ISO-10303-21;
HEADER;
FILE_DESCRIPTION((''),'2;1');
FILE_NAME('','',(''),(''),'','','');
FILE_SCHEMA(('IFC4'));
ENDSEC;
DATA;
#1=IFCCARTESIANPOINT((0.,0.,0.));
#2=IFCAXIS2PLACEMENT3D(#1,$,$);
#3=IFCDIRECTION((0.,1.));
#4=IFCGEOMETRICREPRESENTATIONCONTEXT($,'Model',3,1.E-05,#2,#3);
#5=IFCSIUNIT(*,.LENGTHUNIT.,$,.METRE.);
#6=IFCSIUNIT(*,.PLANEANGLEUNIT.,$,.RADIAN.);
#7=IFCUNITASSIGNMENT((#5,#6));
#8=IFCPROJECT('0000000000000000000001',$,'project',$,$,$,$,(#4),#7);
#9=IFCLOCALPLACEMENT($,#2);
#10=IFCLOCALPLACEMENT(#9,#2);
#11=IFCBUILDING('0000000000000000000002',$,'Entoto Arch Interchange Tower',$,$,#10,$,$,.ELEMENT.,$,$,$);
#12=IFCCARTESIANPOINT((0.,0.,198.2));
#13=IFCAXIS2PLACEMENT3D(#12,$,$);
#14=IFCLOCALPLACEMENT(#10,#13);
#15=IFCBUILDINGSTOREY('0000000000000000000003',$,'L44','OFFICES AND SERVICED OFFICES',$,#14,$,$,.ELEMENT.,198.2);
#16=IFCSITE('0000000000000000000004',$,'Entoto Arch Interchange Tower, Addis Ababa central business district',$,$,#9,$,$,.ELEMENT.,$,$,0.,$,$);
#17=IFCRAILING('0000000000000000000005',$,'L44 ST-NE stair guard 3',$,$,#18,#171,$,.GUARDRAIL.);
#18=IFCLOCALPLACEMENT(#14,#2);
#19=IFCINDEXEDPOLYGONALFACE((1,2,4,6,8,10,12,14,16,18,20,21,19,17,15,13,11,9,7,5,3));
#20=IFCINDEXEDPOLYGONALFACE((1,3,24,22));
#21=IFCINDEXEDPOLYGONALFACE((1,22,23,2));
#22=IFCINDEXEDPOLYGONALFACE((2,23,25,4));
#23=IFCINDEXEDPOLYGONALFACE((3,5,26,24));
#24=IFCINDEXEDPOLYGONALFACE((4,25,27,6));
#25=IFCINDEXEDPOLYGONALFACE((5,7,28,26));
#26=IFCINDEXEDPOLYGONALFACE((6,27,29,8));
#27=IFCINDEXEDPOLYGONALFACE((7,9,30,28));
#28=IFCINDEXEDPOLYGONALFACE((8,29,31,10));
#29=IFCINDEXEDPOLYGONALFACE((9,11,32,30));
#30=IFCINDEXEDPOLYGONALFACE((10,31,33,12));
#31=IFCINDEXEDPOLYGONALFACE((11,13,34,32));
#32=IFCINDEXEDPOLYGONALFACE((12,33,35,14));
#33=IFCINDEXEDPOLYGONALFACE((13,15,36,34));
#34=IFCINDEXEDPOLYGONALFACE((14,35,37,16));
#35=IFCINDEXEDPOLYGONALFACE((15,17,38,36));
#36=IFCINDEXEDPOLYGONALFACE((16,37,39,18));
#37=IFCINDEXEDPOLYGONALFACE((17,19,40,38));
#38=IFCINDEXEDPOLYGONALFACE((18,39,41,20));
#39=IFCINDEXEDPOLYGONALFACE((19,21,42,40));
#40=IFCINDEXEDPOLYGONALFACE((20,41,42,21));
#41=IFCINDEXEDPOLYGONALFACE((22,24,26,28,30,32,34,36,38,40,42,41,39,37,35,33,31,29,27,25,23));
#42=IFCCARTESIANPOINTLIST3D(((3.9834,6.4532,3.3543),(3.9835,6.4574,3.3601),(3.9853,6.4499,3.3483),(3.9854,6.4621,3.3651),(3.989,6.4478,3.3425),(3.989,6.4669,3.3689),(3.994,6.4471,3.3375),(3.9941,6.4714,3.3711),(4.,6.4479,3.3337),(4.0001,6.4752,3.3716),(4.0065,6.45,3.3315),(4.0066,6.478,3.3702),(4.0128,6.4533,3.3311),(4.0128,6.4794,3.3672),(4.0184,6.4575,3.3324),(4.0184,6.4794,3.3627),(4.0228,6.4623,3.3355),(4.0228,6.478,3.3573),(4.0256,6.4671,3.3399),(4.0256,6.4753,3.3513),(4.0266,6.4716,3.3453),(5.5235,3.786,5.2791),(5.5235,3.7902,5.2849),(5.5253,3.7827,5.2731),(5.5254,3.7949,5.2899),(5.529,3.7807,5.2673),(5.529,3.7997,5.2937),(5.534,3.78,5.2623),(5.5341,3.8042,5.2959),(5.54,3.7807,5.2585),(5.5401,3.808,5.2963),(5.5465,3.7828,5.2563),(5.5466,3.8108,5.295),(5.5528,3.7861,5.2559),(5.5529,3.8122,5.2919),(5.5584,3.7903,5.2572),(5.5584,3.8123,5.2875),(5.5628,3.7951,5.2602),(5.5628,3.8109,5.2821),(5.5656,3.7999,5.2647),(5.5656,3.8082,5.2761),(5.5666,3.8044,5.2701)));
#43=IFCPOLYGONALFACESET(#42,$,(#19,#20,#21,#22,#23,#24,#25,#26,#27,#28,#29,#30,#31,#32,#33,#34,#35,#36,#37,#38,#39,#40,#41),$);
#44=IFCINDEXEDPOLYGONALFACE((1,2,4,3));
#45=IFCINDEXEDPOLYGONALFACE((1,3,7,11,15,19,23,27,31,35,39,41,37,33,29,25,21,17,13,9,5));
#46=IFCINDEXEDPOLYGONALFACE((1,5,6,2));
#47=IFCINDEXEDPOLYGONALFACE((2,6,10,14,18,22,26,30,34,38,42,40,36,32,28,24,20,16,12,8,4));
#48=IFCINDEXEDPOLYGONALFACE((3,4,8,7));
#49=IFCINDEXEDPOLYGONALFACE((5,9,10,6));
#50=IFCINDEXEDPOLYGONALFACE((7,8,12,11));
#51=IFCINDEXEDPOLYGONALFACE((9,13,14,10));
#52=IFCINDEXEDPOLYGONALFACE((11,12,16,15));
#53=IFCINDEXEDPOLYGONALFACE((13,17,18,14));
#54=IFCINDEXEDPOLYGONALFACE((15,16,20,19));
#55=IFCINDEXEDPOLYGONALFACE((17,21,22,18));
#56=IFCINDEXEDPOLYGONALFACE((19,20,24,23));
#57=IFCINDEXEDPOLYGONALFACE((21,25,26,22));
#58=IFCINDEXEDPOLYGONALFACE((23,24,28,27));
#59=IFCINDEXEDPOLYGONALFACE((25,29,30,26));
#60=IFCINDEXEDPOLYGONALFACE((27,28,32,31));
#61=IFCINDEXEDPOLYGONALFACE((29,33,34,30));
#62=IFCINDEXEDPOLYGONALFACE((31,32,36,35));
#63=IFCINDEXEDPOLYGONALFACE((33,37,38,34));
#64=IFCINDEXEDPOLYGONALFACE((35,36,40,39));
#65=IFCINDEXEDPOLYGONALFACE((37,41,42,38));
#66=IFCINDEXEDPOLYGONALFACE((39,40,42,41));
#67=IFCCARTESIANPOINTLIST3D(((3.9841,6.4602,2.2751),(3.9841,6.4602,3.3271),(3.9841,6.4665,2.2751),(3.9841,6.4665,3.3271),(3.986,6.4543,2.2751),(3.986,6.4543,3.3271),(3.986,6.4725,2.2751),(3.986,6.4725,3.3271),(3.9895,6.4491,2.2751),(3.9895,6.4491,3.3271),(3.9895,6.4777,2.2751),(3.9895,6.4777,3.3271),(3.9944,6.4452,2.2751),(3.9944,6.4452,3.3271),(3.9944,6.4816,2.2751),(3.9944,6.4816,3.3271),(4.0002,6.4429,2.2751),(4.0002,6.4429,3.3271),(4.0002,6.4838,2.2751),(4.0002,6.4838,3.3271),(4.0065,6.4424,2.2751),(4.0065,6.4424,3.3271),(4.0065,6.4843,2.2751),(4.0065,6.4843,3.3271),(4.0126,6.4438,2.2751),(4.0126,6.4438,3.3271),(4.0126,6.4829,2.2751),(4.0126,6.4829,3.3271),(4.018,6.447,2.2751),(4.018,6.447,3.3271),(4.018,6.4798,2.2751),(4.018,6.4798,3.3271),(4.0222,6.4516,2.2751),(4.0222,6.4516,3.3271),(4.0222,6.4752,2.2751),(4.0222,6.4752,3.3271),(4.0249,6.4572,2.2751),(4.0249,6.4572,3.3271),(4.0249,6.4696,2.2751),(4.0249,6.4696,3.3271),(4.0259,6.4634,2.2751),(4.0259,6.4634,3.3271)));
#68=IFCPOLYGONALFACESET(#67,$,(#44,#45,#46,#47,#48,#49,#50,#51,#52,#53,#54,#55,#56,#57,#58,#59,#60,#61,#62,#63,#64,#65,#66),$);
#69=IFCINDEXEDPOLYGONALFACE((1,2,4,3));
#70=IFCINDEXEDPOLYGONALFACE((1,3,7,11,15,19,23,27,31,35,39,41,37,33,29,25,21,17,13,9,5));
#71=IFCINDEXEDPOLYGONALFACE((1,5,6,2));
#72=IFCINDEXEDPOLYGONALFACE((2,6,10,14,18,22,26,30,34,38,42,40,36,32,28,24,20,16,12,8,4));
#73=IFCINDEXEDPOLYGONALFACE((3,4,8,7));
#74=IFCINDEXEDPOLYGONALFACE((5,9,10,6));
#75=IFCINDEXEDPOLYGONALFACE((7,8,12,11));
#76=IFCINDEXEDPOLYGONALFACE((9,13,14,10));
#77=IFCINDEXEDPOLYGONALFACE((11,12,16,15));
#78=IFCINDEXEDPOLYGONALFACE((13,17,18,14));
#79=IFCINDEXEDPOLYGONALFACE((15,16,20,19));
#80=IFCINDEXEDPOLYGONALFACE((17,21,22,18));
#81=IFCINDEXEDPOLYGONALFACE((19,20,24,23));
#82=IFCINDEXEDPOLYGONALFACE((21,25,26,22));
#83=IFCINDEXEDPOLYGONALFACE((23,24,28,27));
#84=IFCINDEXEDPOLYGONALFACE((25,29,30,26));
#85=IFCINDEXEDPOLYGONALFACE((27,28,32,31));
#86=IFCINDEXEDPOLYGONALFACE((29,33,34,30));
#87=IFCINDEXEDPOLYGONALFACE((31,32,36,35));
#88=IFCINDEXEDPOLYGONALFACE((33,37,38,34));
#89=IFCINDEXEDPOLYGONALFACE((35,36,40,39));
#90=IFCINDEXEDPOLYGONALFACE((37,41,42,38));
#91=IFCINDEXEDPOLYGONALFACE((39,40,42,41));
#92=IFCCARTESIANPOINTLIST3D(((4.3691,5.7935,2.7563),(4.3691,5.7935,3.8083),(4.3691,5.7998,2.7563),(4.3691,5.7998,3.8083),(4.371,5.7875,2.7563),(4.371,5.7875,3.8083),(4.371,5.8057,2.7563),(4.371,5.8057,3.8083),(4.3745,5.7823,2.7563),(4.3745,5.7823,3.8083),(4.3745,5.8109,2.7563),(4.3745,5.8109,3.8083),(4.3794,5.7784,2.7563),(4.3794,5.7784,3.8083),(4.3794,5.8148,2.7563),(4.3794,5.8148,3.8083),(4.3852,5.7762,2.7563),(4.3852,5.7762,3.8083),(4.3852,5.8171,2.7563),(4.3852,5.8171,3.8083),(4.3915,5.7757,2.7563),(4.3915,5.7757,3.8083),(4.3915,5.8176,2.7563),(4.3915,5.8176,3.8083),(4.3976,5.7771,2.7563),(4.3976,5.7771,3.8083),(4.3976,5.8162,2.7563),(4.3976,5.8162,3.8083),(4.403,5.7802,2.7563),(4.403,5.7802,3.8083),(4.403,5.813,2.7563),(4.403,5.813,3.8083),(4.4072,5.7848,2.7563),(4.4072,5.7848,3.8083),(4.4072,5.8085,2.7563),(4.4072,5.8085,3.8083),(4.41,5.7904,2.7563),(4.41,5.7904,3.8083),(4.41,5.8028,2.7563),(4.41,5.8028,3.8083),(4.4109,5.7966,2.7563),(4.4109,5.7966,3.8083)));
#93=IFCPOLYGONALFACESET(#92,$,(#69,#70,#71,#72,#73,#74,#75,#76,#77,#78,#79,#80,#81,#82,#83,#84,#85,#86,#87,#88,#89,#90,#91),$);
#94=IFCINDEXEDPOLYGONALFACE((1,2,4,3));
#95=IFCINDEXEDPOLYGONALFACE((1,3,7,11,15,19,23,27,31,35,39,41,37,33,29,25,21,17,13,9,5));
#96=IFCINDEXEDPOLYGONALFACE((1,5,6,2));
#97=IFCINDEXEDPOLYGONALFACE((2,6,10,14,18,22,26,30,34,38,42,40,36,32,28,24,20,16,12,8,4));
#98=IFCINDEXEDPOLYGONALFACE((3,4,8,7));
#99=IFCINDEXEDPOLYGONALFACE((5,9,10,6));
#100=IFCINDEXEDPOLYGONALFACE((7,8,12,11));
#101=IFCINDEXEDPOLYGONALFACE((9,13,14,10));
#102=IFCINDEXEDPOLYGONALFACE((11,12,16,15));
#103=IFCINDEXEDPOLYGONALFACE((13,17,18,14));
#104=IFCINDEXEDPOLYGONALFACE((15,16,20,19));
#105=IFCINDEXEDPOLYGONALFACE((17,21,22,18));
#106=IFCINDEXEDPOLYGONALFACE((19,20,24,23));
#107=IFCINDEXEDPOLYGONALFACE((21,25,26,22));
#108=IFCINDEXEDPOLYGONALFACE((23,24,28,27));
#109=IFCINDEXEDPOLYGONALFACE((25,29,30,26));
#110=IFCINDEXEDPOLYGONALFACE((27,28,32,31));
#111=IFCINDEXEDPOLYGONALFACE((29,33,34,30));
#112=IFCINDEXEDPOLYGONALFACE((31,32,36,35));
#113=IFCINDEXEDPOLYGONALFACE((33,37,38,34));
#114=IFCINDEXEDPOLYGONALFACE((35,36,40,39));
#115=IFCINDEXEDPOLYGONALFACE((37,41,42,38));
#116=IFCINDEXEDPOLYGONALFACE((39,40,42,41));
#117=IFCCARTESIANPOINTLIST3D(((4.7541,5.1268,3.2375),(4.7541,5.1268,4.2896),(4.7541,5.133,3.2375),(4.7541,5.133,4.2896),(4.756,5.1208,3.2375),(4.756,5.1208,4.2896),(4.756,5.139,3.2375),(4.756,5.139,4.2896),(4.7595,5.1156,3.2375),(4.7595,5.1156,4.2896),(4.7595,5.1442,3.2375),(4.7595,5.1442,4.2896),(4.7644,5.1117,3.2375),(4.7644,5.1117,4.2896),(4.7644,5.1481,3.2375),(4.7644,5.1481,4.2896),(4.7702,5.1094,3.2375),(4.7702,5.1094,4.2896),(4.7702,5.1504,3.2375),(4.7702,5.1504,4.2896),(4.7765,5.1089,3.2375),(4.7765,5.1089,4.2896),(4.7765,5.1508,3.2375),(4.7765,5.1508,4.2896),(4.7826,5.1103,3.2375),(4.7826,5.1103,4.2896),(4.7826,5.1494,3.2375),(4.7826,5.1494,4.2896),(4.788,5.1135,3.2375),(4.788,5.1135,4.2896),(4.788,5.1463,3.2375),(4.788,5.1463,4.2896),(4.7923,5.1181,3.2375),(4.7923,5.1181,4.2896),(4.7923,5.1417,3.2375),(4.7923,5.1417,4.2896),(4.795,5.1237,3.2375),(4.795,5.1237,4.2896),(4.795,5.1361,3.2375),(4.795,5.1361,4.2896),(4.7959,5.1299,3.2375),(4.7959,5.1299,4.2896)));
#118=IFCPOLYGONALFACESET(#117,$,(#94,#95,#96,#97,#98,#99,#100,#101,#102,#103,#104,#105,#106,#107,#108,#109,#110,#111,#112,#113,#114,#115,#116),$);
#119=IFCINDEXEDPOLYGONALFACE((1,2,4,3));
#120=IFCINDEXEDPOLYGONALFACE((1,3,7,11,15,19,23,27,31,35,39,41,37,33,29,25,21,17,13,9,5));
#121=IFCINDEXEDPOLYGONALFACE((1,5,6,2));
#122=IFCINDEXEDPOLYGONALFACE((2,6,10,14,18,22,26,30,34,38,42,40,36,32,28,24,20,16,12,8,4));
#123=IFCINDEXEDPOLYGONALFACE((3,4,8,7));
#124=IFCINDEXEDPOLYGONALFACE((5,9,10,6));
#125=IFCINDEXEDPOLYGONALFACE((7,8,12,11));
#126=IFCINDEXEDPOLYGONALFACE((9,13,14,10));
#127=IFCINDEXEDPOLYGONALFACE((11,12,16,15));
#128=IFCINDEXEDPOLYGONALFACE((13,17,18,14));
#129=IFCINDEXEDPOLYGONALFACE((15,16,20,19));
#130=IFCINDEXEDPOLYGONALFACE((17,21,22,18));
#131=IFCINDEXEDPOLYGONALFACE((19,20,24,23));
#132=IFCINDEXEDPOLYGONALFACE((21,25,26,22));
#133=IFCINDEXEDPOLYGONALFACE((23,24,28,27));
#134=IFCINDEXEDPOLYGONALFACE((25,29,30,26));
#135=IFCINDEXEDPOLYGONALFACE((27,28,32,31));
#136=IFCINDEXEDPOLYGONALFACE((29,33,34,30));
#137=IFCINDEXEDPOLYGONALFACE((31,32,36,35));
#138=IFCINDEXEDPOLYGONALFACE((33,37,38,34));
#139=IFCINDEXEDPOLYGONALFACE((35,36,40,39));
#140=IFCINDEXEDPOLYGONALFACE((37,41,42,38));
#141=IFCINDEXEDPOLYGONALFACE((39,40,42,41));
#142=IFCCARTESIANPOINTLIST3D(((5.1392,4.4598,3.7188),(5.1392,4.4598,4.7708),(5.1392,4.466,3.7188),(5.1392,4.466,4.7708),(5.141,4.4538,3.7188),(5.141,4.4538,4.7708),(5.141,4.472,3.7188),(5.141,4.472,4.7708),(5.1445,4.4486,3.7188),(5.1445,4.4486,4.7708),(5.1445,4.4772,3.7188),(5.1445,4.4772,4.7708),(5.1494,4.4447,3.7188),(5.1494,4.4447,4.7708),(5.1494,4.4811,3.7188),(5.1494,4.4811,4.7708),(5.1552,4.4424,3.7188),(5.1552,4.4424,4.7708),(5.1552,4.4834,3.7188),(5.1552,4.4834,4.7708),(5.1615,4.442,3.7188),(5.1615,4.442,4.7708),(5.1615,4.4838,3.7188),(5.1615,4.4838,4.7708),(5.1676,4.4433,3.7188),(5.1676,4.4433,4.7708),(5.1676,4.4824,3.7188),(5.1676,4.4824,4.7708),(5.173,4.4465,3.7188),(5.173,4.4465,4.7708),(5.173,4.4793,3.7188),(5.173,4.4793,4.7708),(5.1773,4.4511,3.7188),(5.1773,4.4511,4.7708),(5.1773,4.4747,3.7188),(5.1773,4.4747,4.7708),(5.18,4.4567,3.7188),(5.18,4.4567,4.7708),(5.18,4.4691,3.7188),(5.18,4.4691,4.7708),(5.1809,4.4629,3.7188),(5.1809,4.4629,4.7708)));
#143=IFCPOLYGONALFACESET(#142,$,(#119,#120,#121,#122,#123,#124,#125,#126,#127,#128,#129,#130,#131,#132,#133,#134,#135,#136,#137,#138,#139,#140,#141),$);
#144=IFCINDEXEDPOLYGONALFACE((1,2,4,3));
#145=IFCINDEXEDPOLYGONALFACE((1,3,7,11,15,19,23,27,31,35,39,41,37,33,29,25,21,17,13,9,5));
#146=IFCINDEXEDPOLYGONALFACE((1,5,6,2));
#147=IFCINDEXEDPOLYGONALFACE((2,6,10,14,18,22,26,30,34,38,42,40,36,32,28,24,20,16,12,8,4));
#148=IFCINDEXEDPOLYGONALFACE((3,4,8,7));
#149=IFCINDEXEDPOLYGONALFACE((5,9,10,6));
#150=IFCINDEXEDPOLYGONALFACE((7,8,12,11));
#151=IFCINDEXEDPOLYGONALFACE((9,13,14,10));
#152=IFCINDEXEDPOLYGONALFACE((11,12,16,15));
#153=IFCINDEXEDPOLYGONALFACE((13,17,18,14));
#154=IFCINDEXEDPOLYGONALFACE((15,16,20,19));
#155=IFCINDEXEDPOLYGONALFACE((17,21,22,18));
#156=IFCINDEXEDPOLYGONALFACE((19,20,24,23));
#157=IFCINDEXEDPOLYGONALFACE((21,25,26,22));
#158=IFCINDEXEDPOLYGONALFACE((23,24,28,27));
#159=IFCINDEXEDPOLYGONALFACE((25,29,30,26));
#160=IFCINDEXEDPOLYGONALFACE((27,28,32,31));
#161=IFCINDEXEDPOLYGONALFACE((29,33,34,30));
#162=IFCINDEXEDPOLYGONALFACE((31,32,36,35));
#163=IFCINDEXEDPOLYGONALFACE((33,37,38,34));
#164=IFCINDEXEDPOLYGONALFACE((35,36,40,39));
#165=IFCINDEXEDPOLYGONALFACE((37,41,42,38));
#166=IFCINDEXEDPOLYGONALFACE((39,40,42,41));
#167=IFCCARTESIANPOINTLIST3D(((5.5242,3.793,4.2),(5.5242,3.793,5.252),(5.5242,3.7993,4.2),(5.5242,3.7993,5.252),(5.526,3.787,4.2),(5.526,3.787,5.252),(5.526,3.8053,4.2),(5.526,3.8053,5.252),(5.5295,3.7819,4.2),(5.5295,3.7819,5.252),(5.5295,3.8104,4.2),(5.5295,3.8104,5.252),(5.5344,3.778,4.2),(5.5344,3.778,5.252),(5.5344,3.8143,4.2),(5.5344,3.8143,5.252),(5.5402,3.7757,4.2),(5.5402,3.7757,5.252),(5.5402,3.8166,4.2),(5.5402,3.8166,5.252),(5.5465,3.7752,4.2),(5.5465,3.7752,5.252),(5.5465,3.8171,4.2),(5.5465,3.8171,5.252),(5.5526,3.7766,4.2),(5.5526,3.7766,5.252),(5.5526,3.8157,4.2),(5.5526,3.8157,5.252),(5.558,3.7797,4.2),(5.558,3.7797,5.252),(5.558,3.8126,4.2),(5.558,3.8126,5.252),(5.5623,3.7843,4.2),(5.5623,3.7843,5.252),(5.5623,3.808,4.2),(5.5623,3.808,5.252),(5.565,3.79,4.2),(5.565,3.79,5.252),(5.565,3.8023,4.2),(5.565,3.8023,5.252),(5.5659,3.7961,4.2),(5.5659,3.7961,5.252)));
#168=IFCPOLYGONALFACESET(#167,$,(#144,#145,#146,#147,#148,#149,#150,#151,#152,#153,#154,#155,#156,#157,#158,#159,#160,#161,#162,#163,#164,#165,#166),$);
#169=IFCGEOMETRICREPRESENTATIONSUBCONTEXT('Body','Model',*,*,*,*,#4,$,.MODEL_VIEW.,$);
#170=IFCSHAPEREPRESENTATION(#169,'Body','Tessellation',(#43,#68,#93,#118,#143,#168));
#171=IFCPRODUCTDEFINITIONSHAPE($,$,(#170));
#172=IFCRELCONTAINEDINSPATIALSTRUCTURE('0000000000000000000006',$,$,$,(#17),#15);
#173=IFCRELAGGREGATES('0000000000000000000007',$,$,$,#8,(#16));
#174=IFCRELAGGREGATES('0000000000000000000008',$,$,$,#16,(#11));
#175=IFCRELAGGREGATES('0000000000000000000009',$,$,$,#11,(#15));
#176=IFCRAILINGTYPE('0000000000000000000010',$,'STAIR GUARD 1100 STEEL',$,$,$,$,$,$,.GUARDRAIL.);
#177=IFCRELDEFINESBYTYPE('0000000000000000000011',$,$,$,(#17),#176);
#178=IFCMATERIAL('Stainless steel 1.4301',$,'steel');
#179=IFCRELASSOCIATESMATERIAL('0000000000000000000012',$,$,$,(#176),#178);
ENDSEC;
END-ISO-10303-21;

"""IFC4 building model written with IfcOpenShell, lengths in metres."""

from ifc_helpers import new_model, si_unit, direction, frame, origin, origin_2d, place, context, subcontext, project, spatial, circle, extrude, material, type_object, element, save


model = new_model("IFC4")

# Units and contexts
model_context = context("Model", 3, precision=1e-05, world=origin(), true_north=direction((0.0, 1.0)))
body_context = subcontext(model_context, "Body", "Model", "MODEL_VIEW")
ifc_project = project(units=[si_unit("LENGTHUNIT", "METRE"), si_unit("PLANEANGLEUNIT", "RADIAN")], contexts=[model_context])

# Site, building, storey
site_placement = place(None, origin())
site = spatial("IfcSite", under=ifc_project, at=site_placement, Name="Entoto Arch Interchange Tower, Addis Ababa central business district", CompositionType="ELEMENT", RefElevation=0.0)
building_placement = place(site_placement, origin())
building = spatial("IfcBuilding", under=site, at=building_placement, Name="Entoto Arch Interchange Tower", CompositionType="ELEMENT")
storey_placement = place(building_placement, frame((0.0, 0.0, 198.2)))
storey = spatial("IfcBuildingStorey", under=building, at=storey_placement, Name="L44", Description="OFFICES AND SERVICED OFFICES", CompositionType="ELEMENT", Elevation=198.2)

# Railing
ifc_material_1 = material(Name="Stainless steel 1.4301", Category="steel")
railing_type_1 = type_object("IfcRailingType", Name="STAIR GUARD 1100 STEEL", PredefinedType="GUARDRAIL", material=ifc_material_1)
railing_1_placement = place(storey_placement, frame((4.0049, 6.4634, 2.2751)))
element("IfcRailing", 1, at=railing_1_placement, inside=storey, type_object=railing_type_1, Name="L44 ST-NE stair guard 3", PredefinedType="GUARDRAIL", context=body_context, shape_type="SweptSolid", body=[
    extrude(circle(Radius=0.0239, at=origin_2d()), frame((0.0, 0.0, 1.0762), z_axis=(0.424031, -0.73439, 0.529971), x_axis=(0.86601, 0.500027, 0.0)), (0.0, 0.0, 1.0), 3.6318),
    extrude(circle(Radius=0.021, at=origin_2d()), origin(), (0.0, 0.0, 1.0), 1.052),
    extrude(circle(Radius=0.021, at=origin_2d()), frame((0.385, -0.6667, 0.4812)), (0.0, 0.0, 1.0), 1.052),
    extrude(circle(Radius=0.021, at=origin_2d()), frame((0.77, -1.3335, 0.9624)), (0.0, 0.0, 1.0), 1.052),
    extrude(circle(Radius=0.021, at=origin_2d()), frame((1.155, -2.0005, 1.4436)), (0.0, 0.0, 1.0), 1.052),
    extrude(circle(Radius=0.021, at=origin_2d()), frame((1.54, -2.6672, 1.9248)), (0.0, 0.0, 1.0), 1.052),
])

save(model, "model.ifc")
